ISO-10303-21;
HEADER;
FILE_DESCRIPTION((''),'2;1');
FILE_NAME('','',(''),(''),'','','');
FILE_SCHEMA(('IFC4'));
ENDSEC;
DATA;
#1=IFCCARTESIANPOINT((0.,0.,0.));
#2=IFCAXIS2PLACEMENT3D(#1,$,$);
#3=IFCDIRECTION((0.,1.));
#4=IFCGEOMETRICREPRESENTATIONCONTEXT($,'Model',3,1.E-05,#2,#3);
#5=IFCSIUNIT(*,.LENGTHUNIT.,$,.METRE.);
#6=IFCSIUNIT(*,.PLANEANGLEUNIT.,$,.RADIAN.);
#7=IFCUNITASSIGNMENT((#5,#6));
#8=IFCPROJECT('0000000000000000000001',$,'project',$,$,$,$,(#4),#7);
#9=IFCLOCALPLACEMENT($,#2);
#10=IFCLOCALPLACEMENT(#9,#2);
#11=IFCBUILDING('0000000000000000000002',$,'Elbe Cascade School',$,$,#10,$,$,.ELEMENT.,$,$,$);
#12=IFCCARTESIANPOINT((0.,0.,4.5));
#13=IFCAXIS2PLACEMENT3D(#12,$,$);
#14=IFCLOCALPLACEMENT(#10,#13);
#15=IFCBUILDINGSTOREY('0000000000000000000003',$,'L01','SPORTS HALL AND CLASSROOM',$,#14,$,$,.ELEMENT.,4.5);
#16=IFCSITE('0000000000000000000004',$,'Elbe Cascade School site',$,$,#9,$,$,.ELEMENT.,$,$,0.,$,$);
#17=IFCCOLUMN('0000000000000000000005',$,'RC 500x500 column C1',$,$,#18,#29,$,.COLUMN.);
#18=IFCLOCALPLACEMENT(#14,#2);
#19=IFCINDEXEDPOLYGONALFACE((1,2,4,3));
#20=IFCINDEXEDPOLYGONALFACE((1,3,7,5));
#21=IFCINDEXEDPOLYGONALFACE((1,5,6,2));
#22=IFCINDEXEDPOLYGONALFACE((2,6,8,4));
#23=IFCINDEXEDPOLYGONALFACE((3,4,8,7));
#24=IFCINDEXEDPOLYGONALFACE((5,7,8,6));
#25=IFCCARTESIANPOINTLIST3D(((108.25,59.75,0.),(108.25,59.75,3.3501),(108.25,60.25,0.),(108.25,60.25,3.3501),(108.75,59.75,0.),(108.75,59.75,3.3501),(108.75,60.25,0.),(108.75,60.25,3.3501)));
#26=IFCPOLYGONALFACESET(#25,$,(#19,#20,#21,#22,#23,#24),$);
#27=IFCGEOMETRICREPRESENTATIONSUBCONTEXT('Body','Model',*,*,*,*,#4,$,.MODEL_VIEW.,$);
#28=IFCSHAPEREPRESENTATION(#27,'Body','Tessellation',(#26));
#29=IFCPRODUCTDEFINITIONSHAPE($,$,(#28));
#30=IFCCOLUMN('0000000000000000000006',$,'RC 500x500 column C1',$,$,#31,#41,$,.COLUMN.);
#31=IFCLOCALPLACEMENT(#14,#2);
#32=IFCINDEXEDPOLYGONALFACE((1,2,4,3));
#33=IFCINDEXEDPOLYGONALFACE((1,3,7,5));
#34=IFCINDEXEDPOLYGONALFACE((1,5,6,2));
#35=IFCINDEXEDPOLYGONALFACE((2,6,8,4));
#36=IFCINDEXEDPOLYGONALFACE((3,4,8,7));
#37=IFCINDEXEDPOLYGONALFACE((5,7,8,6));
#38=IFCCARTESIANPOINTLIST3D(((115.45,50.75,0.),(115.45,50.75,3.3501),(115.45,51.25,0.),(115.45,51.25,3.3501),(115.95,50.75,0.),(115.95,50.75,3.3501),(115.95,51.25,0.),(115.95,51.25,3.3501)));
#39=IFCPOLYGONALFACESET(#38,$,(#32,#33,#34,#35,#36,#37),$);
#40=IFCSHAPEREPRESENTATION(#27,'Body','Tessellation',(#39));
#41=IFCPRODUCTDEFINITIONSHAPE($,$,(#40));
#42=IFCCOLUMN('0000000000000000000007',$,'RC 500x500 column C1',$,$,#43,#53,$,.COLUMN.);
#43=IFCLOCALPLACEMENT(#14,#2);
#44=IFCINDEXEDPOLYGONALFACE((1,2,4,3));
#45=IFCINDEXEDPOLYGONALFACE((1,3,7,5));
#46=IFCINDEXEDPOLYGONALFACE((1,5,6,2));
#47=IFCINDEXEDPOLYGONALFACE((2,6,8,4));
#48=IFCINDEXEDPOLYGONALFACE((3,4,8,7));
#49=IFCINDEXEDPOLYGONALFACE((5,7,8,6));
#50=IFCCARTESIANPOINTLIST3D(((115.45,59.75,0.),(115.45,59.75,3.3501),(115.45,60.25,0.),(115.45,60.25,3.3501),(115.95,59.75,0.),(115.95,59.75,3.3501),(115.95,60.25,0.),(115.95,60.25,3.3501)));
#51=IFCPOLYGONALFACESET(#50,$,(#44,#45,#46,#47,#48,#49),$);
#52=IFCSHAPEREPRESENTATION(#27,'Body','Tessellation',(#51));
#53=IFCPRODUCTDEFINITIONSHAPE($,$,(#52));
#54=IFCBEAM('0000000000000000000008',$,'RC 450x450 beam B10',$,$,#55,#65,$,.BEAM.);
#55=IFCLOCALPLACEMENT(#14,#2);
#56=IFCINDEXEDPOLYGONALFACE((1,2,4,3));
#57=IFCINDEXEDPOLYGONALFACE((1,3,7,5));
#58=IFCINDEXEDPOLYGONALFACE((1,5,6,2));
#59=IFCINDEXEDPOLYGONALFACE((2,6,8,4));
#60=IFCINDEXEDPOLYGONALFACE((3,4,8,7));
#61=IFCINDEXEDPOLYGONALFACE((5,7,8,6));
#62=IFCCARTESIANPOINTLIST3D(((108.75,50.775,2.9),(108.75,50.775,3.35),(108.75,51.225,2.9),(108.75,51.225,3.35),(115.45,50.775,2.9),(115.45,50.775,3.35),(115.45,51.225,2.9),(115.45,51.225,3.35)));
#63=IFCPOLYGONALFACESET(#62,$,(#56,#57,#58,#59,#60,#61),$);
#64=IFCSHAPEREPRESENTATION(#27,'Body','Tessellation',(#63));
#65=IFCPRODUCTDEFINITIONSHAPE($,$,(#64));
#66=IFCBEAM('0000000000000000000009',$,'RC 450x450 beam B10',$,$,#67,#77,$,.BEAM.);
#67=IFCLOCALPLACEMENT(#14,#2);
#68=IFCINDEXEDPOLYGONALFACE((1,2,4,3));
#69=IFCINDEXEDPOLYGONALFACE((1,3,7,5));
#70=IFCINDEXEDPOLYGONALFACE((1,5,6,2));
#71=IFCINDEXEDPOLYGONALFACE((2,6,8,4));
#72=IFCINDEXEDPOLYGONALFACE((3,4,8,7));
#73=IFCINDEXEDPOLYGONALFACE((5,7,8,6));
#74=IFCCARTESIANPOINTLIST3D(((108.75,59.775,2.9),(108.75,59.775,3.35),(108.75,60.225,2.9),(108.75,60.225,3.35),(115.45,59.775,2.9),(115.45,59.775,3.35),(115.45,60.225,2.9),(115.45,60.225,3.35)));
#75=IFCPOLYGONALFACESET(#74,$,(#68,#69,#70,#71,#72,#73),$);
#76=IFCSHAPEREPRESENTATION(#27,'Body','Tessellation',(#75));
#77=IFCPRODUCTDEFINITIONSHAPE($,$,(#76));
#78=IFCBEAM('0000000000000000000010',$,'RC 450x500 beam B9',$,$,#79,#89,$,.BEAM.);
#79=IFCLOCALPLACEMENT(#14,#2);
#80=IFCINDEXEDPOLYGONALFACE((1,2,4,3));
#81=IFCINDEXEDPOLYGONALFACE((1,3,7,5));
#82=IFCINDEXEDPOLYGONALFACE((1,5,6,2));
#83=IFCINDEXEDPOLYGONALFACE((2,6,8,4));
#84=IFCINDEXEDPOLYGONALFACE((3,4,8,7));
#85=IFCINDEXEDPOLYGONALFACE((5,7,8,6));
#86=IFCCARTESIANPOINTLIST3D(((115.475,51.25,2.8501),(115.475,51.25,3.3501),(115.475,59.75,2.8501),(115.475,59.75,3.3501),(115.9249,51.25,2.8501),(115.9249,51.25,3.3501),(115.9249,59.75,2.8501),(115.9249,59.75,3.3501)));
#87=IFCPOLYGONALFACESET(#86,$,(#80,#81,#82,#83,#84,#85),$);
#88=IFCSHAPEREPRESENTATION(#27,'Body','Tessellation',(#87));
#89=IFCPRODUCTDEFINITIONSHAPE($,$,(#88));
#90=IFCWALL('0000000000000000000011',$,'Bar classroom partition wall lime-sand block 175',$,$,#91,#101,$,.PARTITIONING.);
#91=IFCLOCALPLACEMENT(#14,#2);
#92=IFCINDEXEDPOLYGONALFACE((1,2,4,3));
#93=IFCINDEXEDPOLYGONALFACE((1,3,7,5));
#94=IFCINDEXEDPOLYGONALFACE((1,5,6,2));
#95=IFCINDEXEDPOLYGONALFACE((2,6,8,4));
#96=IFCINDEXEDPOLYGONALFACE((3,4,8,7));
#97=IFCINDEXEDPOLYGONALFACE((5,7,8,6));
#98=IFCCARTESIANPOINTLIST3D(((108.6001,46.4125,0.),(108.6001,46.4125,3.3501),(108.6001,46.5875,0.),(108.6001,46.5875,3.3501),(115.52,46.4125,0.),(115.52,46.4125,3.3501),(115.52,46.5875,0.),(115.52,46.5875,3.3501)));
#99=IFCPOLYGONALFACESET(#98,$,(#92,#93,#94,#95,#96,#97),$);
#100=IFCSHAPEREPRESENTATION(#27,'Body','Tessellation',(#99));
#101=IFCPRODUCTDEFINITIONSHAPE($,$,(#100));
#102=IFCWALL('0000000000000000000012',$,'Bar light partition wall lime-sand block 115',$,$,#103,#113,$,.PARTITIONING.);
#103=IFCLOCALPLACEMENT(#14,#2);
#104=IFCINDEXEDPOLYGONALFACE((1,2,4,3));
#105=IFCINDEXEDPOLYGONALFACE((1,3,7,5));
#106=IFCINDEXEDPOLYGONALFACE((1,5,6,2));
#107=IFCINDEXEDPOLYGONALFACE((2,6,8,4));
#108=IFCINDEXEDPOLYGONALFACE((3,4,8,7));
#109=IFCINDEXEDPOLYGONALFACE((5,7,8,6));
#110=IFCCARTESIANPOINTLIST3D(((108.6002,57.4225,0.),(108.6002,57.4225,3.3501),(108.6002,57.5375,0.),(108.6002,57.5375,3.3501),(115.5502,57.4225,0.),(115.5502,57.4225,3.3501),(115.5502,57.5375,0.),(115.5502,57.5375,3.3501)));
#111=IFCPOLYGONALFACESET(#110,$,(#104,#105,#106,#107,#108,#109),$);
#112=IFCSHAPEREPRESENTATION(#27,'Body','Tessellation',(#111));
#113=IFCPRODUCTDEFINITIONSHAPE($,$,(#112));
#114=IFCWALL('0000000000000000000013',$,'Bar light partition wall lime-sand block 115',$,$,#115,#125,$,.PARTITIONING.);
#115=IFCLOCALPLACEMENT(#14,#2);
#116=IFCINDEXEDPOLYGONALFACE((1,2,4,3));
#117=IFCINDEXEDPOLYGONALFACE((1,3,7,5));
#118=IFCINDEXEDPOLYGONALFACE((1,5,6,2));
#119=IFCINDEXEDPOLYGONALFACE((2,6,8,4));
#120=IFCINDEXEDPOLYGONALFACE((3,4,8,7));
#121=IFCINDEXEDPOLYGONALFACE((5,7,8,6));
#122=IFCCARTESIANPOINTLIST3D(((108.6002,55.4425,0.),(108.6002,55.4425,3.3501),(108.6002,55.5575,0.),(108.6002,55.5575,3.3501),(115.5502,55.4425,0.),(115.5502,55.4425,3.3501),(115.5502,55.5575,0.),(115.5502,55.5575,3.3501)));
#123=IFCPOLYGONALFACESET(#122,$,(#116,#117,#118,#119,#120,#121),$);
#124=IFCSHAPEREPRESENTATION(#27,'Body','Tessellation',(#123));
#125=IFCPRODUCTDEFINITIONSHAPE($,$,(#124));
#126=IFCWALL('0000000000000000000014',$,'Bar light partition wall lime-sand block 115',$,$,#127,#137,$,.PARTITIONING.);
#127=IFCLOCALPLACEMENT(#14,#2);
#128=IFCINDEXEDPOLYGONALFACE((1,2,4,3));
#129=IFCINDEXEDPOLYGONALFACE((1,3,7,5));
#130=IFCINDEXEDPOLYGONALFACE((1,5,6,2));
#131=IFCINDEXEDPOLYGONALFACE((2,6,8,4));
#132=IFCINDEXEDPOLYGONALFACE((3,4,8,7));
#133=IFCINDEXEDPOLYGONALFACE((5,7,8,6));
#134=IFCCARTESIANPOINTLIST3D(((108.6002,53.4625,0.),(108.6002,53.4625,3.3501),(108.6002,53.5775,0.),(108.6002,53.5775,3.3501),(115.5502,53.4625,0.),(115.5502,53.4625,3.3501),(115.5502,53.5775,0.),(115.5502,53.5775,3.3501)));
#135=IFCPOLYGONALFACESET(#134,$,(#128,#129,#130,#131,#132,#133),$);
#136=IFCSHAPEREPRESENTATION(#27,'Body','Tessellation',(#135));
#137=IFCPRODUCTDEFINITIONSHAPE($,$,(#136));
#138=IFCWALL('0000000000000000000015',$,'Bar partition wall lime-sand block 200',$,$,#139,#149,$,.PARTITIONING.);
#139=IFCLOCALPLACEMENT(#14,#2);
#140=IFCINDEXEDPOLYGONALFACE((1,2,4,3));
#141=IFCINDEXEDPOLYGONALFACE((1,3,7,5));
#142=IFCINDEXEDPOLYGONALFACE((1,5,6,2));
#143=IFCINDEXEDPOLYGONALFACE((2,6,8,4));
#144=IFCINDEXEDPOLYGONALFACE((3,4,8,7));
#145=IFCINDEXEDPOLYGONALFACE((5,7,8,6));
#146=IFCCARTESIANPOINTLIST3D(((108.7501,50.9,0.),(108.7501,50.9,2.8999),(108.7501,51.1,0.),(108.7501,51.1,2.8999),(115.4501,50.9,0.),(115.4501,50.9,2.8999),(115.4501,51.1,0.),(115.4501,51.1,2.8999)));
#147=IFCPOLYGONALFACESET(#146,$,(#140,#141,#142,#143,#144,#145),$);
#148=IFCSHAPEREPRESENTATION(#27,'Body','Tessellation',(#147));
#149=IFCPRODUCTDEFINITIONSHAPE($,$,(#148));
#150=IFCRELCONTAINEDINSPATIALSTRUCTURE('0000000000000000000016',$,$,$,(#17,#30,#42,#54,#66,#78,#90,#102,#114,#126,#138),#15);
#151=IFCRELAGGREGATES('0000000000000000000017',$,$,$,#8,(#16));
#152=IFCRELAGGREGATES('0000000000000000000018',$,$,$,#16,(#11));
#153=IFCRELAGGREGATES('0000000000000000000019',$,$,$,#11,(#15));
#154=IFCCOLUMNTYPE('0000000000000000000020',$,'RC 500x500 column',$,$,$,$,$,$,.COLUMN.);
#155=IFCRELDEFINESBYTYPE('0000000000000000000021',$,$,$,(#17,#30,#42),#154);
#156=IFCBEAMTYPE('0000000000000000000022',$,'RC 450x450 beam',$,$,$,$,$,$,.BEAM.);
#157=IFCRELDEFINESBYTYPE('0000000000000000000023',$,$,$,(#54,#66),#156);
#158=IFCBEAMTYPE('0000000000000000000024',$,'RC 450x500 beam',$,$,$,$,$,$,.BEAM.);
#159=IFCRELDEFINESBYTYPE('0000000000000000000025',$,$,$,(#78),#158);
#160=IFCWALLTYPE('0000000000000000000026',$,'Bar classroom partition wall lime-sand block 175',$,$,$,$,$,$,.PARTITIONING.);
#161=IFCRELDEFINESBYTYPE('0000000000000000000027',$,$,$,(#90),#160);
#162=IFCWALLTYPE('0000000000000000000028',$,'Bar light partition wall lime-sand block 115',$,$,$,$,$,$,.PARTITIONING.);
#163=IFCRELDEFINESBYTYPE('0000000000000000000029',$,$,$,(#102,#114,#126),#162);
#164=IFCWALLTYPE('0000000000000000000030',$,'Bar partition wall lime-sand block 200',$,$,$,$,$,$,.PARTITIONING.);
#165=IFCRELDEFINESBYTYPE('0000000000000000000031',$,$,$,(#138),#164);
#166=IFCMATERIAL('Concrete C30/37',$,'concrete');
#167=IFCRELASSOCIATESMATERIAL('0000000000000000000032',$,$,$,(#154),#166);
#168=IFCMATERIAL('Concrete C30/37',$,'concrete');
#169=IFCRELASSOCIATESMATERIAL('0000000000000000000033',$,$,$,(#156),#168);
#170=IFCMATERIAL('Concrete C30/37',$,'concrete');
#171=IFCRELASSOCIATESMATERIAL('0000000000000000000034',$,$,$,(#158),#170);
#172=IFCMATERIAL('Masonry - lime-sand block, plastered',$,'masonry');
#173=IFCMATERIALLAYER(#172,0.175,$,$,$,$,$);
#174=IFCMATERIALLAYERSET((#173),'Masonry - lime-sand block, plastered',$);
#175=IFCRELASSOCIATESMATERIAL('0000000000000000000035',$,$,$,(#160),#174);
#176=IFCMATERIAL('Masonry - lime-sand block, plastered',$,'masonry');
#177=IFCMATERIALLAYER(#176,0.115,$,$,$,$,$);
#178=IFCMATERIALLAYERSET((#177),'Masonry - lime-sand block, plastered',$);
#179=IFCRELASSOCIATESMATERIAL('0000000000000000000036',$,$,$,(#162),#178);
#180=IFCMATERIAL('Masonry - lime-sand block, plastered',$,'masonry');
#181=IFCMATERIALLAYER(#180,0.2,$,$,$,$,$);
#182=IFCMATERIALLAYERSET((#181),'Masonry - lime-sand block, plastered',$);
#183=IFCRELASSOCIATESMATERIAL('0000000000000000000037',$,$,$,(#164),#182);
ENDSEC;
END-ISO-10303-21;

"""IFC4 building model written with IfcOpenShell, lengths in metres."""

from ifc_helpers import new_model, si_unit, direction, frame, frame_2d, origin, origin_2d, place, context, subcontext, project, spatial, rectangle, extrude, material, layer, layer_set, material_profile, profile_set, type_object, element, save


model = new_model("IFC4")

# Units and contexts
model_context = context("Model", 3, precision=1e-05, world=origin(), true_north=direction((0.0, 1.0)))
body_context = subcontext(model_context, "Body", "Model", "MODEL_VIEW")
ifc_project = project(units=[si_unit("LENGTHUNIT", "METRE"), si_unit("PLANEANGLEUNIT", "RADIAN")], contexts=[model_context])

# Site, building, storey
site_placement = place(None, origin())
site = spatial("IfcSite", under=ifc_project, at=site_placement, Name="Elbe Cascade School site", CompositionType="ELEMENT", RefElevation=0.0)
building_placement = place(site_placement, origin())
building = spatial("IfcBuilding", under=site, at=building_placement, Name="Elbe Cascade School", CompositionType="ELEMENT")
storey_placement = place(building_placement, frame((0.0, 0.0, 4.5)))
storey = spatial("IfcBuildingStorey", under=building, at=storey_placement, Name="L01", Description="SPORTS HALL AND CLASSROOM", CompositionType="ELEMENT", Elevation=4.5)

# Columns
ifc_material_1 = material(Name="Concrete C30/37", Category="concrete")
ifc_material_profile_1 = material_profile(ifc_material_1, rectangle(XDim=0.5, YDim=0.5, at=origin_2d()), Name="RC 500x500")
ifc_profile_set_1 = profile_set([ifc_material_profile_1], Name="Concrete C30/37")
column_type = type_object("IfcColumnType", Name="RC 500x500 column", PredefinedType="COLUMN", material=ifc_profile_set_1)
for number, where, z_axis, x_axis, name in (
    (1, (108.5, 60.0, 0.0), (0.0, 0.0, 1.0), (1.0, 0.0, 0.0), "RC 500x500 column C1"),
    (2, (115.7, 51.0, 0.0), (0.0, 0.0, 1.0), (1.0, 0.0, 0.0), "RC 500x500 column C1"),
    (3, (115.7, 60.0, 0.0), (0.0, 0.0, 1.0), (1.0, 0.0, 0.0), "RC 500x500 column C1"),
):
    element("IfcColumn", number, at=place(storey_placement, frame(where, z_axis=z_axis, x_axis=x_axis)), inside=storey, type_object=column_type, Name=name, PredefinedType="COLUMN", context=body_context, shape_type="SweptSolid", body=[
        extrude(rectangle(XDim=0.5, YDim=0.5, at=origin_2d()), origin(), (0.0, 0.0, 1.0), 3.3501),
    ])

# Beams
ifc_material_2 = material(Name="Concrete C30/37", Category="concrete")
ifc_material_profile_2 = material_profile(ifc_material_2, rectangle(XDim=0.45, YDim=0.45, at=origin_2d()), Name="RC 450x450")
ifc_profile_set_2 = profile_set([ifc_material_profile_2], Name="Concrete C30/37")
beam_type_1 = type_object("IfcBeamType", Name="RC 450x450 beam", PredefinedType="BEAM", material=ifc_profile_set_2)
for number, where, z_axis, x_axis, name in (
    (4, (108.75, 51.0, 3.125), (1.0, 0.0, 0.0), (0.0, 1.0, 0.0), "RC 450x450 beam B10"),
    (5, (108.75, 60.0, 3.125), (1.0, 0.0, 0.0), (0.0, 1.0, 0.0), "RC 450x450 beam B10"),
):
    element("IfcBeam", number, at=place(storey_placement, frame(where, z_axis=z_axis, x_axis=x_axis)), inside=storey, type_object=beam_type_1, Name=name, PredefinedType="BEAM", context=body_context, shape_type="SweptSolid", body=[
        extrude(rectangle(XDim=0.45, YDim=0.45, at=origin_2d()), origin(), (0.0, 0.0, 1.0), 6.7),
    ])
ifc_material_3 = material(Name="Concrete C30/37", Category="concrete")
ifc_material_profile_3 = material_profile(ifc_material_3, rectangle(XDim=0.45, YDim=0.5, at=origin_2d()), Name="RC 450x500")
ifc_profile_set_3 = profile_set([ifc_material_profile_3], Name="Concrete C30/37")
beam_type_2 = type_object("IfcBeamType", Name="RC 450x500 beam", PredefinedType="BEAM", material=ifc_profile_set_3)
beam_placement = place(storey_placement, frame((115.7, 51.25, 3.1001), z_axis=(0.0, 1.0, 0.0), x_axis=(-1.0, 0.0, 0.0)))
element("IfcBeam", 6, at=beam_placement, inside=storey, type_object=beam_type_2, Name="RC 450x500 beam B9", PredefinedType="BEAM", context=body_context, shape_type="SweptSolid", body=[
    extrude(rectangle(XDim=0.45, YDim=0.5, at=origin_2d()), origin(), (0.0, 0.0, 1.0), 8.5),
])

# Walls
ifc_material_4 = material(Name="Masonry - lime-sand block, plastered", Category="masonry")
ifc_layer_1 = layer(ifc_material_4, 0.175)
ifc_layer_set_1 = layer_set([ifc_layer_1], Name="Masonry - lime-sand block, plastered")
wall_type_1 = type_object("IfcWallType", Name="Bar classroom partition wall lime-sand block 175", PredefinedType="PARTITIONING", material=ifc_layer_set_1)
wall_1_placement = place(storey_placement, frame((108.6001, 46.5, 0.0), z_axis=(0.0, 0.0, 1.0), x_axis=(1.0, 0.0, 0.0)))
element("IfcWall", 7, at=wall_1_placement, inside=storey, type_object=wall_type_1, Name="Bar classroom partition wall lime-sand block 175", PredefinedType="PARTITIONING", context=body_context, shape_type="SweptSolid", body=[
    extrude(rectangle(XDim=6.9199, YDim=0.175, at=frame_2d((3.46, 0.0))), origin(), (0.0, 0.0, 1.0), 3.3501),
])
ifc_material_5 = material(Name="Masonry - lime-sand block, plastered", Category="masonry")
ifc_layer_2 = layer(ifc_material_5, 0.115)
ifc_layer_set_2 = layer_set([ifc_layer_2], Name="Masonry - lime-sand block, plastered")
wall_type_2 = type_object("IfcWallType", Name="Bar light partition wall lime-sand block 115", PredefinedType="PARTITIONING", material=ifc_layer_set_2)
for number, where, z_axis, x_axis, name in (
    (8, (108.6001, 57.48, 0.0), (0.0, 0.0, 1.0), (1.0, 0.0, 0.0), "Bar light partition wall lime-sand block 115"),
    (9, (108.6001, 55.5, 0.0), (0.0, 0.0, 1.0), (1.0, 0.0, 0.0), "Bar light partition wall lime-sand block 115"),
    (10, (108.6001, 53.52, 0.0), (0.0, 0.0, 1.0), (1.0, 0.0, 0.0), "Bar light partition wall lime-sand block 115"),
):
    element("IfcWall", number, at=place(storey_placement, frame(where, z_axis=z_axis, x_axis=x_axis)), inside=storey, type_object=wall_type_2, Name=name, PredefinedType="PARTITIONING", context=body_context, shape_type="SweptSolid", body=[
        extrude(rectangle(XDim=6.95, YDim=0.115, at=frame_2d((3.4751, 0.0))), origin(), (0.0, 0.0, 1.0), 3.3501),
    ])
ifc_material_6 = material(Name="Masonry - lime-sand block, plastered", Category="masonry")
ifc_layer_3 = layer(ifc_material_6, 0.2)
ifc_layer_set_3 = layer_set([ifc_layer_3], Name="Masonry - lime-sand block, plastered")
wall_type_3 = type_object("IfcWallType", Name="Bar partition wall lime-sand block 200", PredefinedType="PARTITIONING", material=ifc_layer_set_3)
wall_2_placement = place(storey_placement, frame((108.75, 51.0, 0.0), z_axis=(0.0, 0.0, 1.0), x_axis=(1.0, 0.0, 0.0)))
element("IfcWall", 11, at=wall_2_placement, inside=storey, type_object=wall_type_3, Name="Bar partition wall lime-sand block 200", PredefinedType="PARTITIONING", context=body_context, shape_type="SweptSolid", body=[
    extrude(rectangle(XDim=6.7, YDim=0.2, at=frame_2d((3.3501, 0.0))), origin(), (0.0, 0.0, 1.0), 2.8999),
])

save(model, "model.ifc")
